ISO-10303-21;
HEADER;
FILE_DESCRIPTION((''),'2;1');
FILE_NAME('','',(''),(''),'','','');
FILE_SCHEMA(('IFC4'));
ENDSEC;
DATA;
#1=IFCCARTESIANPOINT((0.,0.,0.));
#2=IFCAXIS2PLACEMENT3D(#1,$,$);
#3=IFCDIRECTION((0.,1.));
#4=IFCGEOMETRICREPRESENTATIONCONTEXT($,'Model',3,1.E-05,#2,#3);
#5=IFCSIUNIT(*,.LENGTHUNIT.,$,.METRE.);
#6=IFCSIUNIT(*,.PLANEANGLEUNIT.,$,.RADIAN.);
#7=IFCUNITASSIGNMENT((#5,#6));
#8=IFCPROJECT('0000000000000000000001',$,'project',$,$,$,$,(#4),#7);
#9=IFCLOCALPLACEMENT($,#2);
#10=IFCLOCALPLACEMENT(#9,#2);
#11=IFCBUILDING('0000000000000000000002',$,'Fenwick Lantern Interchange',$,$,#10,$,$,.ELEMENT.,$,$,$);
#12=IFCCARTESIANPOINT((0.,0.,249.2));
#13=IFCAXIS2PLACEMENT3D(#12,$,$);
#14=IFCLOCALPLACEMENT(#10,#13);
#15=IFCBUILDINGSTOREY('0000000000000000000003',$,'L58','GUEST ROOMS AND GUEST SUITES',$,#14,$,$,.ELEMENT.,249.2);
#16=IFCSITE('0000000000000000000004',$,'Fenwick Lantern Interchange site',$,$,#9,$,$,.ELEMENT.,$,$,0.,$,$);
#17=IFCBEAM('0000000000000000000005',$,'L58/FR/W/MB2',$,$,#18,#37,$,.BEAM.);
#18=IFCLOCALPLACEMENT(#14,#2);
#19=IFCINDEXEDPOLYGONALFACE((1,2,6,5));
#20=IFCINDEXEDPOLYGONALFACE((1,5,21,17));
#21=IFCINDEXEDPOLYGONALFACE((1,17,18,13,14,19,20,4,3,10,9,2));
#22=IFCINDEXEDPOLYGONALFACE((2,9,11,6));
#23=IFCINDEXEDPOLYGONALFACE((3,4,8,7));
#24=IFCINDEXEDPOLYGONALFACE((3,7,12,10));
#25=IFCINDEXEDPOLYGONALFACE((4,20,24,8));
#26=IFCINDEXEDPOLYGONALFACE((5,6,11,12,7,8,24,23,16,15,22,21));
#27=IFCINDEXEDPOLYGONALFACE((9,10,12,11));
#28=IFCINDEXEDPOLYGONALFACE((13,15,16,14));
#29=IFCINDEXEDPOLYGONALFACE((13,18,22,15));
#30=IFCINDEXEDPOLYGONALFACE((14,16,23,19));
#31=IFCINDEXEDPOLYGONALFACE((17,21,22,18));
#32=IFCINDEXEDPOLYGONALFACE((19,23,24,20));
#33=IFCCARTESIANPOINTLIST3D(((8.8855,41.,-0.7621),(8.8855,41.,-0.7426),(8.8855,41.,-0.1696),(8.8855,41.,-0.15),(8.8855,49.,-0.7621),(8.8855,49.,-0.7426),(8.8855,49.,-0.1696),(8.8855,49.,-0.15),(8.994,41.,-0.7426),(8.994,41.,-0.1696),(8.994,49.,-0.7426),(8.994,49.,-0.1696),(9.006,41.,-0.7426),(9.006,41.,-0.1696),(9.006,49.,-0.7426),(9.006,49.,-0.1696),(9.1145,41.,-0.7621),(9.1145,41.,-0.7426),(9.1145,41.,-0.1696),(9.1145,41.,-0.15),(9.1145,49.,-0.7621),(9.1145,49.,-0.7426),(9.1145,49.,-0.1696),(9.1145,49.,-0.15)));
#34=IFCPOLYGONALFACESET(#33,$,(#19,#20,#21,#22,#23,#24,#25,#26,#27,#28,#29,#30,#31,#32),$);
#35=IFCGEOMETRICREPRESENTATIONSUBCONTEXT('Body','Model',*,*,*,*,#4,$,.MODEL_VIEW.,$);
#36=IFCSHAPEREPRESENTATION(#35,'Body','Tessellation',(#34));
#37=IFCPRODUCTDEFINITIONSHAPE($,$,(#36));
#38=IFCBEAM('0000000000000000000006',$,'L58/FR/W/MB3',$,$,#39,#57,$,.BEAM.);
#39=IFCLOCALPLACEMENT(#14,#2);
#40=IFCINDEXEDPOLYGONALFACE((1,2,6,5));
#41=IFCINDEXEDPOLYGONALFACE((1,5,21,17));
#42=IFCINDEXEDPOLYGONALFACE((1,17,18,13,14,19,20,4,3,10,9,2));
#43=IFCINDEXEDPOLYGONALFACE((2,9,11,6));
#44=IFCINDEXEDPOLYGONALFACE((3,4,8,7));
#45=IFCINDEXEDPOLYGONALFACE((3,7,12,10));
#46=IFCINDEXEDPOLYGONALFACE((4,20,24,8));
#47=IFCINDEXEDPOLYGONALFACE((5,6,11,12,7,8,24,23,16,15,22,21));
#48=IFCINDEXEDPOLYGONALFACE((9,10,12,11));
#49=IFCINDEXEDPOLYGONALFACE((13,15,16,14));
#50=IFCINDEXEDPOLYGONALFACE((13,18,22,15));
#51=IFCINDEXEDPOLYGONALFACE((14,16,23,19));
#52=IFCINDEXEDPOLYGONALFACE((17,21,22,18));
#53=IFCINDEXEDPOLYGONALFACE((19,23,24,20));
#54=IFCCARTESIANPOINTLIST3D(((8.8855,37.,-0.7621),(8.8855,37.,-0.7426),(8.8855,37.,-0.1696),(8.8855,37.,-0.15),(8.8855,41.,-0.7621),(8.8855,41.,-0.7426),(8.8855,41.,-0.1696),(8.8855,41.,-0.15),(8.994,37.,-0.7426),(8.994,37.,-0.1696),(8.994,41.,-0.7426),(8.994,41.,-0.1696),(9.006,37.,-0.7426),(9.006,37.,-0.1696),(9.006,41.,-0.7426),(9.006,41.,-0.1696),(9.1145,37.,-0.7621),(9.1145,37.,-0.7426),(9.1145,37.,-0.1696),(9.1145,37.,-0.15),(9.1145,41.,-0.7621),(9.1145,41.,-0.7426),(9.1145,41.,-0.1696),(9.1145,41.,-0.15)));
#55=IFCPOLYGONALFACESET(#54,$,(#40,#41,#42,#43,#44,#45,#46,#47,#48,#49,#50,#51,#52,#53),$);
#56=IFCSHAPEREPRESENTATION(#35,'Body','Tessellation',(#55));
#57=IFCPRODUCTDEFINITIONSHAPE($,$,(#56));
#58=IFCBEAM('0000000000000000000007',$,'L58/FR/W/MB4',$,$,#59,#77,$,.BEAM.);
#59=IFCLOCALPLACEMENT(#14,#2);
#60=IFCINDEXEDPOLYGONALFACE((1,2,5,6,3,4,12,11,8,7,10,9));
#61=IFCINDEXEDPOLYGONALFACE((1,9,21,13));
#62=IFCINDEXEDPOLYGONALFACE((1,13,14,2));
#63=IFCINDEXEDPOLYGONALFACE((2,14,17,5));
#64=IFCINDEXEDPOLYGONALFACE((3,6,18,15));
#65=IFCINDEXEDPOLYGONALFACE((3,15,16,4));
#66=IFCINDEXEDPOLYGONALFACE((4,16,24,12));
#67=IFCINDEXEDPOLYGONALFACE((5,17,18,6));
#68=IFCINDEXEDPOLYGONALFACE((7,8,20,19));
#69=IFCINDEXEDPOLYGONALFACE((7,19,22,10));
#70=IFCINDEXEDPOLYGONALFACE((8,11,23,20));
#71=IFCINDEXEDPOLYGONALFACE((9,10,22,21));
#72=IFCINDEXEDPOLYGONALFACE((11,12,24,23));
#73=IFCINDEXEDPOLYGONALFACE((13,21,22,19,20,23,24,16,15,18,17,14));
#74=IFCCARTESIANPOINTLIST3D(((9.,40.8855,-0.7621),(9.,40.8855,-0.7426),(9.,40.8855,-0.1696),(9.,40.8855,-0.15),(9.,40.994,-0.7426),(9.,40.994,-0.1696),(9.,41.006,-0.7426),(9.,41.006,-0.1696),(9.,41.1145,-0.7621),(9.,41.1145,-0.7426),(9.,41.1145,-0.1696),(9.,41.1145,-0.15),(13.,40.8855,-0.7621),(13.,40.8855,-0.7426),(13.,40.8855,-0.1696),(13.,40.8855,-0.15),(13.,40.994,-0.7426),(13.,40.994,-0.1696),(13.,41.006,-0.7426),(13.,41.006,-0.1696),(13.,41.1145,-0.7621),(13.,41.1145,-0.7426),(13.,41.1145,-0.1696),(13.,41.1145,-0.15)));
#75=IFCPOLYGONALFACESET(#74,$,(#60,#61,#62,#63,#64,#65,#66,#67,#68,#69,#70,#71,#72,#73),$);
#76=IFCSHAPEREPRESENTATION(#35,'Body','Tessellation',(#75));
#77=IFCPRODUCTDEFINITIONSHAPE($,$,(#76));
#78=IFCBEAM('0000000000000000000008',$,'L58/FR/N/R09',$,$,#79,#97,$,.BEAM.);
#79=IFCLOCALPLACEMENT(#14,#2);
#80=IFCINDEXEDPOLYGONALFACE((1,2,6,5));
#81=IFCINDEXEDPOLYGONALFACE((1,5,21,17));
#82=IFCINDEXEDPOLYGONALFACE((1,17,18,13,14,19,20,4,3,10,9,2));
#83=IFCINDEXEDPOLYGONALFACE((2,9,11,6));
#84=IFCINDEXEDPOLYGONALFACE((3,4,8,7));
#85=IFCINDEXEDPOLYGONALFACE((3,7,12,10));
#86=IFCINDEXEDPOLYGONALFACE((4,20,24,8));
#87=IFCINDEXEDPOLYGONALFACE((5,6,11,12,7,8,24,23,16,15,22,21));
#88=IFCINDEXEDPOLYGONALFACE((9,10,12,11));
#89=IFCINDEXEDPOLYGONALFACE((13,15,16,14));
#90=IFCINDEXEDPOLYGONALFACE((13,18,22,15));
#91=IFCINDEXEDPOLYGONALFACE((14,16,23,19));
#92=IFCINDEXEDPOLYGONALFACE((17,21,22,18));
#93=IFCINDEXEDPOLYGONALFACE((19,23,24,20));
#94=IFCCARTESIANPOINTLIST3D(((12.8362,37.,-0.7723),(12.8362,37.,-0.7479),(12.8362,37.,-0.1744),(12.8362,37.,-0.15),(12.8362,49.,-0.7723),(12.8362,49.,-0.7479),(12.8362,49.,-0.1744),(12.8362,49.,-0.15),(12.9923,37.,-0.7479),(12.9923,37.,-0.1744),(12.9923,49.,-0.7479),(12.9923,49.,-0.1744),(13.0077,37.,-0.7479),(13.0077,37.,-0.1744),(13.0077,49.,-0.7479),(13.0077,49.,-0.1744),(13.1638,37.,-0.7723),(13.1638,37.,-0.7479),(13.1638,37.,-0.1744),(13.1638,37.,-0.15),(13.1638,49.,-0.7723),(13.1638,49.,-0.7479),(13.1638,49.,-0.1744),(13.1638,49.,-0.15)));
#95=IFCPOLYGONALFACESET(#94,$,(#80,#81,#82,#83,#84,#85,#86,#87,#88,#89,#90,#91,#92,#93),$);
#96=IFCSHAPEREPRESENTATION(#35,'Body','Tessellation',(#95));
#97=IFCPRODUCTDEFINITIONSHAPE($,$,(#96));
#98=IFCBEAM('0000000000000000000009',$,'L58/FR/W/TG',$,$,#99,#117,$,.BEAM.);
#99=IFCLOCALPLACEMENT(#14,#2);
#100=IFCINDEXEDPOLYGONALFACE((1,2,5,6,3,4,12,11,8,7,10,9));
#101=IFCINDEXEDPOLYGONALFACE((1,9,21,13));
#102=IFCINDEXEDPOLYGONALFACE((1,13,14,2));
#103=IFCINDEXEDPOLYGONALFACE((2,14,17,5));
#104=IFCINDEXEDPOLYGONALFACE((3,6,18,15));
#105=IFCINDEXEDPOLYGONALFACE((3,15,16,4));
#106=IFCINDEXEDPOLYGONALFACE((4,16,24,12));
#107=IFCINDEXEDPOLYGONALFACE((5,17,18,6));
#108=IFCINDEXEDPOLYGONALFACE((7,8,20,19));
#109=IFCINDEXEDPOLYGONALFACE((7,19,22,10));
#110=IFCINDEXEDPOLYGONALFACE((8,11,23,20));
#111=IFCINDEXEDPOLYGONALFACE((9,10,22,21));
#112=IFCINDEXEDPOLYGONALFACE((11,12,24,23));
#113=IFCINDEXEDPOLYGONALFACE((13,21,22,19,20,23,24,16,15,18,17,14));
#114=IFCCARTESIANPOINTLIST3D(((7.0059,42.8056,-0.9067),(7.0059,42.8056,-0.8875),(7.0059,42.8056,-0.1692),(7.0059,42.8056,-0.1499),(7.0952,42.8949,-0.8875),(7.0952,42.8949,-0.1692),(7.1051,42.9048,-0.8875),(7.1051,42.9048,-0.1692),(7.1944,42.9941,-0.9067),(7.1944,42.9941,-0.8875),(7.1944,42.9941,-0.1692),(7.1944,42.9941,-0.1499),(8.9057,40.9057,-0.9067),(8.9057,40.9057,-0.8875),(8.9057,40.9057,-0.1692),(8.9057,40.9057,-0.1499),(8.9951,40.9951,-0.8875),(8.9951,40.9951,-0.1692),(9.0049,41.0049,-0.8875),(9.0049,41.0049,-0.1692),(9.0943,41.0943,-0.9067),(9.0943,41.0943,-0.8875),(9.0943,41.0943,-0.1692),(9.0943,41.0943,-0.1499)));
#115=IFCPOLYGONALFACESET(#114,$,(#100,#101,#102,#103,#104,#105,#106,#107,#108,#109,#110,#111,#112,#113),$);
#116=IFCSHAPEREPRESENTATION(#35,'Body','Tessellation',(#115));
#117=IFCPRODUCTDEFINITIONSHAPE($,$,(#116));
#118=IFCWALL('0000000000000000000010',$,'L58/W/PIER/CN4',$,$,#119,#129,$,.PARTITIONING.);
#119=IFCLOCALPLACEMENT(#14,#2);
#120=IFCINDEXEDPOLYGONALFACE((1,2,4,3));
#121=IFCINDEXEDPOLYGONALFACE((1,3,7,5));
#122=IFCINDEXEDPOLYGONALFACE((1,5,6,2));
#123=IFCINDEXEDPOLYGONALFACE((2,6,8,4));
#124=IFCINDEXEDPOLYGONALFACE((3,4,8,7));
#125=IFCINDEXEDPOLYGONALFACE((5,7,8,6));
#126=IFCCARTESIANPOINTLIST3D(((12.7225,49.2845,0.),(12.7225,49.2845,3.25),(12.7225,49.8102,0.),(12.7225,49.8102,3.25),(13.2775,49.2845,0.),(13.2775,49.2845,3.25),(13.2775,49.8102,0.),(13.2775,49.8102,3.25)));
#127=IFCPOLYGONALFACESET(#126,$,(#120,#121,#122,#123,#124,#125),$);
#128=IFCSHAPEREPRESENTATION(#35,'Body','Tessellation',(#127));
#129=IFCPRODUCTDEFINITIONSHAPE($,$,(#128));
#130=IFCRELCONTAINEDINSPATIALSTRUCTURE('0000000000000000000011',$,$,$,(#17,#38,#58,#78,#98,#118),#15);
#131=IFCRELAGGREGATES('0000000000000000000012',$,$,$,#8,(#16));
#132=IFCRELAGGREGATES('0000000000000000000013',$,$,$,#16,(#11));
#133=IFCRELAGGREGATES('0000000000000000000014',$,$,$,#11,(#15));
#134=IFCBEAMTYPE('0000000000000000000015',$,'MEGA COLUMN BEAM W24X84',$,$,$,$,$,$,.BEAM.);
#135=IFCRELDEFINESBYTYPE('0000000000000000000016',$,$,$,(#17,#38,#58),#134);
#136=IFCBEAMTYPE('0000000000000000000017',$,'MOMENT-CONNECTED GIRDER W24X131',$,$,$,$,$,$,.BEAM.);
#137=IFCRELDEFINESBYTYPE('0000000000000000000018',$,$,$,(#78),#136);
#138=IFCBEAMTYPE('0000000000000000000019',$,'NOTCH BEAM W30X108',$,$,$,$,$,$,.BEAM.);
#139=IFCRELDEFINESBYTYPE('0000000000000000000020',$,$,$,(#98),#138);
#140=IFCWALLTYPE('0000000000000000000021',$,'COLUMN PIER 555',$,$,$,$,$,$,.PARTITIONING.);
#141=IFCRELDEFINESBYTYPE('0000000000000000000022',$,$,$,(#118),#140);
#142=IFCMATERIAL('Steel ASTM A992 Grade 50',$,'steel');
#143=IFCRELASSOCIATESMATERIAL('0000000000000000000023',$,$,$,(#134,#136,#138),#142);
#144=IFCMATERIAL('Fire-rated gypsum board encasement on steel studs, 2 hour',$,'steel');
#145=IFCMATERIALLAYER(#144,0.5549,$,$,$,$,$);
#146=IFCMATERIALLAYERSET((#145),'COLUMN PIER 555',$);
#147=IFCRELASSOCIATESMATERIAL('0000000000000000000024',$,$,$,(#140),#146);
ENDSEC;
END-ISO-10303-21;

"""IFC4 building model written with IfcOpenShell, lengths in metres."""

from ifc_helpers import new_model, si_unit, direction, frame, frame_2d, origin, origin_2d, place, context, subcontext, project, spatial, rectangle, i_section, extrude, material, layer, layer_set, material_profile, profile_set, type_object, element, save


model = new_model("IFC4")

# Units and contexts
model_context = context("Model", 3, precision=1e-05, world=origin(), true_north=direction((0.0, 1.0)))
body_context = subcontext(model_context, "Body", "Model", "MODEL_VIEW")
ifc_project = project(units=[si_unit("LENGTHUNIT", "METRE"), si_unit("PLANEANGLEUNIT", "RADIAN")], contexts=[model_context])

# Site, building, storey
site_placement = place(None, origin())
site = spatial("IfcSite", under=ifc_project, at=site_placement, Name="Fenwick Lantern Interchange site", CompositionType="ELEMENT", RefElevation=0.0)
building_placement = place(site_placement, origin())
building = spatial("IfcBuilding", under=site, at=building_placement, Name="Fenwick Lantern Interchange", CompositionType="ELEMENT")
storey_placement = place(building_placement, frame((0.0, 0.0, 249.2)))
storey = spatial("IfcBuildingStorey", under=building, at=storey_placement, Name="L58", Description="GUEST ROOMS AND GUEST SUITES", CompositionType="ELEMENT", Elevation=249.2)

# Shared definitions
ifc_material_1 = material(Name="Steel ASTM A992 Grade 50", Category="steel")

# Beams
ifc_material_profile_1 = material_profile(ifc_material_1, i_section(OverallWidth=0.229, OverallDepth=0.6121, WebThickness=0.012, FlangeThickness=0.0195, at=origin_2d()), Name="W24X84")
ifc_profile_set_1 = profile_set([ifc_material_profile_1], Name="Steel ASTM A992 Grade 50")
beam_type_1 = type_object("IfcBeamType", Name="MEGA COLUMN BEAM W24X84", PredefinedType="BEAM", material=ifc_profile_set_1)
beam_1_placement = place(storey_placement, frame((9.0, 41.0, -0.4561), z_axis=(0.0, 1.0, 0.0), x_axis=(-1.0, 0.0, 0.0)))
element("IfcBeam", 1, at=beam_1_placement, inside=storey, type_object=beam_type_1, Name="L58/FR/W/MB2", PredefinedType="BEAM", context=body_context, shape_type="SweptSolid", body=[
    extrude(i_section(OverallWidth=0.229, OverallDepth=0.6121, WebThickness=0.012, FlangeThickness=0.0195, at=origin_2d()), origin(), (0.0, 0.0, 1.0), 8.0),
])
for number, where, z_axis, x_axis, name in (
    (2, (9.0, 41.0, -0.4561), (0.0, -1.0, 0.0), (1.0, 0.0, 0.0), "L58/FR/W/MB3"),
    (3, (9.0, 41.0, -0.4561), (1.0, 0.0, 0.0), (0.0, 1.0, 0.0), "L58/FR/W/MB4"),
):
    element("IfcBeam", number, at=place(storey_placement, frame(where, z_axis=z_axis, x_axis=x_axis)), inside=storey, type_object=beam_type_1, Name=name, PredefinedType="BEAM", context=body_context, shape_type="SweptSolid", body=[
        extrude(i_section(OverallWidth=0.229, OverallDepth=0.6121, WebThickness=0.012, FlangeThickness=0.0195, at=origin_2d()), origin(), (0.0, 0.0, 1.0), 4.0),
    ])
ifc_material_profile_2 = material_profile(ifc_material_1, i_section(OverallWidth=0.3276, OverallDepth=0.6223, WebThickness=0.0154, FlangeThickness=0.0244, at=origin_2d()), Name="W24X131")
ifc_profile_set_2 = profile_set([ifc_material_profile_2], Name="Steel ASTM A992 Grade 50")
beam_type_2 = type_object("IfcBeamType", Name="MOMENT-CONNECTED GIRDER W24X131", PredefinedType="BEAM", material=ifc_profile_set_2)
beam_2_placement = place(storey_placement, frame((13.0, 49.0, -0.4612), z_axis=(0.0, -1.0, 0.0), x_axis=(1.0, 0.0, 0.0)))
element("IfcBeam", 4, at=beam_2_placement, inside=storey, type_object=beam_type_2, Name="L58/FR/N/R09", PredefinedType="BEAM", context=body_context, shape_type="SweptSolid", body=[
    extrude(i_section(OverallWidth=0.3276, OverallDepth=0.6223, WebThickness=0.0154, FlangeThickness=0.0244, at=origin_2d()), origin(), (0.0, 0.0, 1.0), 12.0),
])
ifc_material_profile_3 = material_profile(ifc_material_1, i_section(OverallWidth=0.2666, OverallDepth=0.7568, WebThickness=0.0139, FlangeThickness=0.0193, at=origin_2d()), Name="W30X108")
ifc_profile_set_3 = profile_set([ifc_material_profile_3], Name="Steel ASTM A992 Grade 50")
beam_type_3 = type_object("IfcBeamType", Name="NOTCH BEAM W30X108", PredefinedType="BEAM", material=ifc_profile_set_3)
beam_3_placement = place(storey_placement, frame((9.0, 41.0, -0.5283), z_axis=(-0.707107, 0.707107, 0.0), x_axis=(-0.707107, -0.707107, 0.0)))
element("IfcBeam", 5, at=beam_3_placement, inside=storey, type_object=beam_type_3, Name="L58/FR/W/TG", PredefinedType="BEAM", context=body_context, shape_type="SweptSolid", body=[
    extrude(i_section(OverallWidth=0.2666, OverallDepth=0.7568, WebThickness=0.0139, FlangeThickness=0.0193, at=origin_2d()), origin(), (0.0, 0.0, 1.0), 2.6868),
])

# Wall
ifc_material_2 = material(Name="Fire-rated gypsum board encasement on steel studs, 2 hour", Category="steel")
ifc_layer_1 = layer(ifc_material_2, 0.5549)
ifc_layer_set_1 = layer_set([ifc_layer_1], Name="COLUMN PIER 555")
wall_type_1 = type_object("IfcWallType", Name="COLUMN PIER 555", PredefinedType="PARTITIONING", material=ifc_layer_set_1)
wall_1_placement = place(storey_placement, frame((13.0, 49.8101, 0.0), z_axis=(0.0, 0.0, 1.0), x_axis=(0.0, -1.0, 0.0)))
element("IfcWall", 6, at=wall_1_placement, inside=storey, type_object=wall_type_1, Name="L58/W/PIER/CN4", PredefinedType="PARTITIONING", context=body_context, shape_type="SweptSolid", body=[
    extrude(rectangle(XDim=0.5256, YDim=0.5549, at=frame_2d((0.2627, 0.0))), origin(), (0.0, 0.0, 1.0), 3.25),
])

save(model, "model.ifc")
